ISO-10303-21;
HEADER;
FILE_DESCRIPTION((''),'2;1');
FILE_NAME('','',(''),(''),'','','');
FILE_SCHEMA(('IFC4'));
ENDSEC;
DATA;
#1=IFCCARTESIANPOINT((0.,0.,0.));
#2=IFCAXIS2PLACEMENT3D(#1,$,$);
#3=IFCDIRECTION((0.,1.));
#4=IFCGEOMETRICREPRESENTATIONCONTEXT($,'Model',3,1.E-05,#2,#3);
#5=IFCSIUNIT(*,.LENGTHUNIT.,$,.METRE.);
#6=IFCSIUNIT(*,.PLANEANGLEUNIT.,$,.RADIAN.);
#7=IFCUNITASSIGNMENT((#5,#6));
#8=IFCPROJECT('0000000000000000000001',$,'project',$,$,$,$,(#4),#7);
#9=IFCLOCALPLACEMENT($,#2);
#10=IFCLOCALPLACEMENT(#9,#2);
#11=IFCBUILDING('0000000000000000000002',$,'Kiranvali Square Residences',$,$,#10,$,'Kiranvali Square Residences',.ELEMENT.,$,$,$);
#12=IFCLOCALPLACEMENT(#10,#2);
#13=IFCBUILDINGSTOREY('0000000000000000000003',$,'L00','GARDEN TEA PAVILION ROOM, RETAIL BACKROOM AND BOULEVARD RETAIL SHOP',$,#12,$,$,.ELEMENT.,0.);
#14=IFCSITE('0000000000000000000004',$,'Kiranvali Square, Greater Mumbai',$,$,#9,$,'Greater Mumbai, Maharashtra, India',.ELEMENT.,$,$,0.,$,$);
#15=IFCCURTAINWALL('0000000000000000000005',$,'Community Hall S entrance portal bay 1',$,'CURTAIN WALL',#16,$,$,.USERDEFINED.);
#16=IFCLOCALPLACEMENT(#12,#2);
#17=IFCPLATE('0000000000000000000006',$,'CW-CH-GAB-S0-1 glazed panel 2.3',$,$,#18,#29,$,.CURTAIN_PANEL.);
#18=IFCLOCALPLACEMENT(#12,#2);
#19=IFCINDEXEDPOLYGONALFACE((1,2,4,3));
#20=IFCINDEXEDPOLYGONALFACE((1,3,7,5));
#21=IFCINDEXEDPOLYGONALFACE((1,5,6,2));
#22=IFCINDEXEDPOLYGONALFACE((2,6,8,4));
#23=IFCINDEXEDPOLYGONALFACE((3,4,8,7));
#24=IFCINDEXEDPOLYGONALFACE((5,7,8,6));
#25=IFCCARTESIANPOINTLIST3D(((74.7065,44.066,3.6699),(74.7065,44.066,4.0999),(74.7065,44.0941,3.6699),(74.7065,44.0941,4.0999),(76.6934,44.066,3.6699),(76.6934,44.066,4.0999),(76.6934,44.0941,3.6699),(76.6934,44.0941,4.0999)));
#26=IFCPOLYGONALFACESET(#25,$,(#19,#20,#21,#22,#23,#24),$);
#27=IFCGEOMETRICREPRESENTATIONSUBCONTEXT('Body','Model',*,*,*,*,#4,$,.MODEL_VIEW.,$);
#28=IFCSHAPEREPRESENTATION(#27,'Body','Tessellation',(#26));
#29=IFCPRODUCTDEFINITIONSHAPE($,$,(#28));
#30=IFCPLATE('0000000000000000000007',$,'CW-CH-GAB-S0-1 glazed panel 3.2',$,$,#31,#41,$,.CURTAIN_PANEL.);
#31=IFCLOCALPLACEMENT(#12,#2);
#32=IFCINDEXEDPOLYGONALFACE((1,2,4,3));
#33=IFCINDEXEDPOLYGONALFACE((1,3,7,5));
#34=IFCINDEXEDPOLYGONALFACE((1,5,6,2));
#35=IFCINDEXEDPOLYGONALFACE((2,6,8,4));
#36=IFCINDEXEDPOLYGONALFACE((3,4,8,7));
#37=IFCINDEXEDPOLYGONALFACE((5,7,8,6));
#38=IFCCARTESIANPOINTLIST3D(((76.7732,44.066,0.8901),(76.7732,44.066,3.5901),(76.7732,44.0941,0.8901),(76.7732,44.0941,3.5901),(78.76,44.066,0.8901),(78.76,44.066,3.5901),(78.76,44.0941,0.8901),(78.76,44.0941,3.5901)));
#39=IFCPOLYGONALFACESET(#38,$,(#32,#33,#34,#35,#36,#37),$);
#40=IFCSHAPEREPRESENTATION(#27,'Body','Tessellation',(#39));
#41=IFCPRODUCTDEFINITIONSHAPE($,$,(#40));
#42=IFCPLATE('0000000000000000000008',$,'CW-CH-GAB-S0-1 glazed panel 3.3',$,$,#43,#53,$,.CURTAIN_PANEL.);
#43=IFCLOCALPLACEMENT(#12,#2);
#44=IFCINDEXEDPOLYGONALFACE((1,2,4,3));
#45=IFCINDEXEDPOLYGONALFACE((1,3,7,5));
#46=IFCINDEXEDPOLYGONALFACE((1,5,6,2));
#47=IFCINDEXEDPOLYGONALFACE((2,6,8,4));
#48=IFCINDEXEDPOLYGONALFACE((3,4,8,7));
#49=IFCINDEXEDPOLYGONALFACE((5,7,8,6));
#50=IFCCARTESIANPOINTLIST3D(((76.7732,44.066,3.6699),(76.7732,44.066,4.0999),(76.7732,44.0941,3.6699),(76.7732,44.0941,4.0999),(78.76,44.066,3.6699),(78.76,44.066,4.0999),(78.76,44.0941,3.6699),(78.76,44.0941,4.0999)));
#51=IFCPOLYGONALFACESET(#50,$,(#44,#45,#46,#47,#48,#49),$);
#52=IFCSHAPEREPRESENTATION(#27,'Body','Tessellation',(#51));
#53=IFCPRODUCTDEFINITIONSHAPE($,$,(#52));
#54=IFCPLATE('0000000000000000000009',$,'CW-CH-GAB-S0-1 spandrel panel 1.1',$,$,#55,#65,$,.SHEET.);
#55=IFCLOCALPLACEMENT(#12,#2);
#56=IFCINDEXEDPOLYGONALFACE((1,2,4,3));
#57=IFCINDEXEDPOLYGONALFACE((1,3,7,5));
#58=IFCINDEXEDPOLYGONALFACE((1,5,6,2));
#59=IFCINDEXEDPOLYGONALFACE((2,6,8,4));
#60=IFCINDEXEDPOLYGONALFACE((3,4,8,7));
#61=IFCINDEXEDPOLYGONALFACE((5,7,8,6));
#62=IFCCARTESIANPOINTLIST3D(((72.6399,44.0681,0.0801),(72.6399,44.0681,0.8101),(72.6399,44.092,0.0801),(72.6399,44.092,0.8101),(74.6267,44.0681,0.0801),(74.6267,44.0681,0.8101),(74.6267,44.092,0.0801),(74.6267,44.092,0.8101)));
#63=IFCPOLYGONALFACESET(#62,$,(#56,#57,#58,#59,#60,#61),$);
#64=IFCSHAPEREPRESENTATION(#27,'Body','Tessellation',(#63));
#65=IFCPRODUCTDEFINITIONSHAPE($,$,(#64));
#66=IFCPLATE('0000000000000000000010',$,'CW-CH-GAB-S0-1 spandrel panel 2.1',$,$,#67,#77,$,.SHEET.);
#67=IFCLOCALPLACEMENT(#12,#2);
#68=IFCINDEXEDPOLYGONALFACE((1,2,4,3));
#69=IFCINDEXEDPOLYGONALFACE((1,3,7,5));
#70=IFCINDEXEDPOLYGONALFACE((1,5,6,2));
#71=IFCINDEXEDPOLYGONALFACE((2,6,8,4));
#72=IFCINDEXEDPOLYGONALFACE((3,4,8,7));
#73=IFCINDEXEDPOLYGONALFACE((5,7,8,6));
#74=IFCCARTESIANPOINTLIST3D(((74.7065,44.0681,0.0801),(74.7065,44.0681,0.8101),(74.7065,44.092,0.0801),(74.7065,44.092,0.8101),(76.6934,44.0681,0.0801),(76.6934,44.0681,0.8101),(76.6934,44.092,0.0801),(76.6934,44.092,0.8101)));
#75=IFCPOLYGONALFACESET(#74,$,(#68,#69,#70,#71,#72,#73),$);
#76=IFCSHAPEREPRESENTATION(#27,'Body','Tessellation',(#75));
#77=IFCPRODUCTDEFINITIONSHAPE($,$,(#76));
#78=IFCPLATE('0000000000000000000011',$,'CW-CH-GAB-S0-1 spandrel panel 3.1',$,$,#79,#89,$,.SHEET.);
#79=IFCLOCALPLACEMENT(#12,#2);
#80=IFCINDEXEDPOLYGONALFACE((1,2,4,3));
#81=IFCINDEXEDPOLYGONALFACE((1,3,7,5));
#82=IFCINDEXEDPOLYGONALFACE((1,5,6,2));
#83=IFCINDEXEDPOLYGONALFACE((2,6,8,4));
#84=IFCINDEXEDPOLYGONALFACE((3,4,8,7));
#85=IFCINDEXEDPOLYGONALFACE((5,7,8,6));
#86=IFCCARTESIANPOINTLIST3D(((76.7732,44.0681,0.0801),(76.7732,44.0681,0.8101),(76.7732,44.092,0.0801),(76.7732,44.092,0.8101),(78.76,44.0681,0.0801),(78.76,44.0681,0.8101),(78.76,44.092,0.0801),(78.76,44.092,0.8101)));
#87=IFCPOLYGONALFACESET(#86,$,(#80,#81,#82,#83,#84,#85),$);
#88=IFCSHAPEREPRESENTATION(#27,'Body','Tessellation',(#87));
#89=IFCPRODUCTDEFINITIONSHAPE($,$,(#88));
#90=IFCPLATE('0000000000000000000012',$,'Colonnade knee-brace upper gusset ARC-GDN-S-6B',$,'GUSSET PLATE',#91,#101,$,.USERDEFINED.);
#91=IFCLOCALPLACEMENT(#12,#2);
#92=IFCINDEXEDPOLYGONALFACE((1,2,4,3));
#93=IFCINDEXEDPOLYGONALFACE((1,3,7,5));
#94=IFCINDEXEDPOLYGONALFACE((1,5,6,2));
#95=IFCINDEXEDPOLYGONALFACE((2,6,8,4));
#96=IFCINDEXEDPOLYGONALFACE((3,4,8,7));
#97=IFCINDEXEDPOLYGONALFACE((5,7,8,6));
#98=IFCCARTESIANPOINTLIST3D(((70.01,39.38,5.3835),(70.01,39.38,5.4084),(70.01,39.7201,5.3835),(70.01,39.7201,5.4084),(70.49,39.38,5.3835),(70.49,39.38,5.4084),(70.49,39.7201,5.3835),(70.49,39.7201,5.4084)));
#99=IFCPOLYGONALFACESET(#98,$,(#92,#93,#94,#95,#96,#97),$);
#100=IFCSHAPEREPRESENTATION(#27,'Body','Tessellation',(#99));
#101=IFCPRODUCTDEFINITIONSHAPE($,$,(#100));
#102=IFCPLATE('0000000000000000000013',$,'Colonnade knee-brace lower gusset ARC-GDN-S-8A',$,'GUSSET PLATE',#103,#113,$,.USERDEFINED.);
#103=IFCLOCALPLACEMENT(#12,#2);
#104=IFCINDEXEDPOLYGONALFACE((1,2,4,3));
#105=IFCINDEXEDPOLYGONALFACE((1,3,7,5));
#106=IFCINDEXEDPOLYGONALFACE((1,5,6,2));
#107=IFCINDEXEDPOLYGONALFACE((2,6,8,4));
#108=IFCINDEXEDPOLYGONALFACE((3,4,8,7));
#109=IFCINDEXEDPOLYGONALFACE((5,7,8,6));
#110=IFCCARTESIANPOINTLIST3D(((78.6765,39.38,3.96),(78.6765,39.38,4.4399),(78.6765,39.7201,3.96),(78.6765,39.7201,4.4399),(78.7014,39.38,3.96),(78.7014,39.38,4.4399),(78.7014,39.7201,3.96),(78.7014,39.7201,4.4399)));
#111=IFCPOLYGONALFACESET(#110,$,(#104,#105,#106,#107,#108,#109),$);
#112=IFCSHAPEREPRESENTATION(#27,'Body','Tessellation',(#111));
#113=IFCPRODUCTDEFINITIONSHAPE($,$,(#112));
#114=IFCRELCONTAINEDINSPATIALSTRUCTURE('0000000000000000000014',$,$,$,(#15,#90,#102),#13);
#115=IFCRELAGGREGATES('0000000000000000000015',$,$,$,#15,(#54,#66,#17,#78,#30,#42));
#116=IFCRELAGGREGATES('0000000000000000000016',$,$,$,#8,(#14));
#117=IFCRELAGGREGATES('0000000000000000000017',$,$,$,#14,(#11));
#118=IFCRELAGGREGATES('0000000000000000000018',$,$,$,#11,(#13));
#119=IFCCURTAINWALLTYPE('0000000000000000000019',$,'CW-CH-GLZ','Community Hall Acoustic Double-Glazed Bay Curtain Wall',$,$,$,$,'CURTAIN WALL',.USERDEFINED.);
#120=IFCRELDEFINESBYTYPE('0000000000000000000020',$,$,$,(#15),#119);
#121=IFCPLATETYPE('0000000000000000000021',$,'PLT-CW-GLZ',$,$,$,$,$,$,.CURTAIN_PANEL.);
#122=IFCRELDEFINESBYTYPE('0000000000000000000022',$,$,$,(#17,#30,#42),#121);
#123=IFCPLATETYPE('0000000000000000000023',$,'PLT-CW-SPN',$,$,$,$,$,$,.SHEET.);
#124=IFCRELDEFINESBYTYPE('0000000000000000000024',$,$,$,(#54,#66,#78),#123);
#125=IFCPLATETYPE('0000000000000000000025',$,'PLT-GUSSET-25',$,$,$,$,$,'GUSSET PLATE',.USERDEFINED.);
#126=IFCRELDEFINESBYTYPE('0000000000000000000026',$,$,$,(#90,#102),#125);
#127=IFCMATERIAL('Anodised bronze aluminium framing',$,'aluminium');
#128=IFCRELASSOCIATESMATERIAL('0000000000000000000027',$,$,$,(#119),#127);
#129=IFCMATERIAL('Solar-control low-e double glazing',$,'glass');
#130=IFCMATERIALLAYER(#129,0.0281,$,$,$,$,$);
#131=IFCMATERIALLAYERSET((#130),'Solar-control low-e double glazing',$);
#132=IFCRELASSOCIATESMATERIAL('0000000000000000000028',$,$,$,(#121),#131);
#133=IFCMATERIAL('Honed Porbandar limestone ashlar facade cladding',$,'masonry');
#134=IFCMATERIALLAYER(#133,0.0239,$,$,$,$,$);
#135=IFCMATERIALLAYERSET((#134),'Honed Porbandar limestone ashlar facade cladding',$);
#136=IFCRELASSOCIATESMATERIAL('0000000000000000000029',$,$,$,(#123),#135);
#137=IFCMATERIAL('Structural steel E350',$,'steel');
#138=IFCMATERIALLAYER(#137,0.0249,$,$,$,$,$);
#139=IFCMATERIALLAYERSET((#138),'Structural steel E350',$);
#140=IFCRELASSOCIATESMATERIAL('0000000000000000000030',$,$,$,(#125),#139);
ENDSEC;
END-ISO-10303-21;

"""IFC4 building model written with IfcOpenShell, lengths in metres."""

from ifc_helpers import new_model, si_unit, direction, frame, origin, origin_2d, place, context, subcontext, project, spatial, rectangle, extrude, material, layer, layer_set, type_object, element, aggregate, save


model = new_model("IFC4")

# Units and contexts
model_context = context("Model", 3, precision=1e-05, world=origin(), true_north=direction((0.0, 1.0)))
body_context = subcontext(model_context, "Body", "Model", "MODEL_VIEW")
ifc_project = project(units=[si_unit("LENGTHUNIT", "METRE"), si_unit("PLANEANGLEUNIT", "RADIAN")], contexts=[model_context])

# Site, building, storey
site_placement = place(None, origin())
site = spatial("IfcSite", under=ifc_project, at=site_placement, Name="Kiranvali Square, Greater Mumbai", LongName="Greater Mumbai, Maharashtra, India", CompositionType="ELEMENT", RefElevation=0.0)
building_placement = place(site_placement, origin())
building = spatial("IfcBuilding", under=site, at=building_placement, Name="Kiranvali Square Residences", LongName="Kiranvali Square Residences", CompositionType="ELEMENT")
storey_placement = place(building_placement, origin())
storey = spatial("IfcBuildingStorey", under=building, at=storey_placement, Name="L00", Description="GARDEN TEA PAVILION ROOM, RETAIL BACKROOM AND BOULEVARD RETAIL SHOP", CompositionType="ELEMENT", Elevation=0.0)

# Curtain wall
ifc_material_1 = material(Name="Anodised bronze aluminium framing", Category="aluminium")
curtain_wall_type = type_object("IfcCurtainWallType", Name="CW-CH-GLZ", Description="Community Hall Acoustic Double-Glazed Bay Curtain Wall", ElementType="CURTAIN WALL", PredefinedType="USERDEFINED", material=ifc_material_1)
curtain_wall_1_placement = place(storey_placement, origin())
curtain_wall_1 = element("IfcCurtainWall", 1, at=curtain_wall_1_placement, inside=storey, type_object=curtain_wall_type, Name="Community Hall S entrance portal bay 1", ObjectType="CURTAIN WALL", PredefinedType="USERDEFINED")

# Shared definitions
ifc_material_2 = material(Name="Structural steel E350", Category="steel")

# Plates
ifc_material_3 = material(Name="Solar-control low-e double glazing", Category="glass")
ifc_layer_1 = layer(ifc_material_3, 0.0281)
ifc_layer_set_1 = layer_set([ifc_layer_1], Name="Solar-control low-e double glazing")
plate_type_1 = type_object("IfcPlateType", Name="PLT-CW-GLZ", PredefinedType="CURTAIN_PANEL", material=ifc_layer_set_1)
plate_1_placement = place(storey_placement, frame((75.7, 44.0801, 3.6699), z_axis=(0.0, 0.0, 1.0), x_axis=(1.0, 0.0, 0.0)))
plate_1 = element("IfcPlate", 2, at=plate_1_placement, type_object=plate_type_1, Name="CW-CH-GAB-S0-1 glazed panel 2.3", PredefinedType="CURTAIN_PANEL", context=body_context, shape_type="SweptSolid", body=[
    extrude(rectangle(XDim=1.9868, YDim=0.0281, at=origin_2d()), origin(), (0.0, 0.0, 1.0), 0.4299),
])
plate_2_placement = place(storey_placement, frame((77.7666, 44.0801, 0.8901), z_axis=(0.0, 0.0, 1.0), x_axis=(1.0, 0.0, 0.0)))
plate_2 = element("IfcPlate", 3, at=plate_2_placement, type_object=plate_type_1, Name="CW-CH-GAB-S0-1 glazed panel 3.2", PredefinedType="CURTAIN_PANEL", context=body_context, shape_type="SweptSolid", body=[
    extrude(rectangle(XDim=1.9868, YDim=0.0281, at=origin_2d()), origin(), (0.0, 0.0, 1.0), 2.7),
])
plate_3_placement = place(storey_placement, frame((77.7666, 44.0801, 3.6699), z_axis=(0.0, 0.0, 1.0), x_axis=(1.0, 0.0, 0.0)))
plate_3 = element("IfcPlate", 4, at=plate_3_placement, type_object=plate_type_1, Name="CW-CH-GAB-S0-1 glazed panel 3.3", PredefinedType="CURTAIN_PANEL", context=body_context, shape_type="SweptSolid", body=[
    extrude(rectangle(XDim=1.9868, YDim=0.0281, at=origin_2d()), origin(), (0.0, 0.0, 1.0), 0.4299),
])
ifc_material_4 = material(Name="Honed Porbandar limestone ashlar facade cladding", Category="masonry")
ifc_layer_2 = layer(ifc_material_4, 0.0239)
ifc_layer_set_2 = layer_set([ifc_layer_2], Name="Honed Porbandar limestone ashlar facade cladding")
plate_type_2 = type_object("IfcPlateType", Name="PLT-CW-SPN", PredefinedType="SHEET", material=ifc_layer_set_2)
plate_4_placement = place(storey_placement, frame((73.6333, 44.0801, 0.0801), z_axis=(0.0, 0.0, 1.0), x_axis=(1.0, 0.0, 0.0)))
plate_4 = element("IfcPlate", 5, at=plate_4_placement, type_object=plate_type_2, Name="CW-CH-GAB-S0-1 spandrel panel 1.1", PredefinedType="SHEET", context=body_context, shape_type="SweptSolid", body=[
    extrude(rectangle(XDim=1.9868, YDim=0.0239, at=origin_2d()), origin(), (0.0, 0.0, 1.0), 0.73),
])
plate_5_placement = place(storey_placement, frame((75.7, 44.0801, 0.0801), z_axis=(0.0, 0.0, 1.0), x_axis=(1.0, 0.0, 0.0)))
plate_5 = element("IfcPlate", 6, at=plate_5_placement, type_object=plate_type_2, Name="CW-CH-GAB-S0-1 spandrel panel 2.1", PredefinedType="SHEET", context=body_context, shape_type="SweptSolid", body=[
    extrude(rectangle(XDim=1.9868, YDim=0.0239, at=origin_2d()), origin(), (0.0, 0.0, 1.0), 0.73),
])
plate_6_placement = place(storey_placement, frame((77.7666, 44.0801, 0.0801), z_axis=(0.0, 0.0, 1.0), x_axis=(1.0, 0.0, 0.0)))
plate_6 = element("IfcPlate", 7, at=plate_6_placement, type_object=plate_type_2, Name="CW-CH-GAB-S0-1 spandrel panel 3.1", PredefinedType="SHEET", context=body_context, shape_type="SweptSolid", body=[
    extrude(rectangle(XDim=1.9868, YDim=0.0239, at=origin_2d()), origin(), (0.0, 0.0, 1.0), 0.73),
])
aggregate(curtain_wall_1, [plate_4, plate_5, plate_1, plate_6, plate_2, plate_3])

# Plates
ifc_layer_3 = layer(ifc_material_2, 0.0249)
ifc_layer_set_3 = layer_set([ifc_layer_3], Name="Structural steel E350")
plate_type_3 = type_object("IfcPlateType", Name="PLT-GUSSET-25", ElementType="GUSSET PLATE", PredefinedType="USERDEFINED", material=ifc_layer_set_3)
plate_7_placement = place(storey_placement, frame((70.25, 39.55, 5.3835), z_axis=(0.0, 0.0, 1.0), x_axis=(1.0, 0.0, 0.0)))
element("IfcPlate", 8, at=plate_7_placement, inside=storey, type_object=plate_type_3, Name="Colonnade knee-brace upper gusset ARC-GDN-S-6B", ObjectType="GUSSET PLATE", PredefinedType="USERDEFINED", context=body_context, shape_type="SweptSolid", body=[
    extrude(rectangle(XDim=0.48, YDim=0.3401, at=origin_2d()), origin(), (0.0, 0.0, 1.0), 0.0249),
])
plate_8_placement = place(storey_placement, frame((78.689, 39.55, 3.96), z_axis=(0.0, 0.0, 1.0), x_axis=(1.0, 0.0, 0.0)))
element("IfcPlate", 9, at=plate_8_placement, inside=storey, type_object=plate_type_3, Name="Colonnade knee-brace lower gusset ARC-GDN-S-8A", ObjectType="GUSSET PLATE", PredefinedType="USERDEFINED", context=body_context, shape_type="SweptSolid", body=[
    extrude(rectangle(XDim=0.0249, YDim=0.3401, at=origin_2d()), origin(), (0.0, 0.0, 1.0), 0.48),
])

save(model, "model.ifc")
